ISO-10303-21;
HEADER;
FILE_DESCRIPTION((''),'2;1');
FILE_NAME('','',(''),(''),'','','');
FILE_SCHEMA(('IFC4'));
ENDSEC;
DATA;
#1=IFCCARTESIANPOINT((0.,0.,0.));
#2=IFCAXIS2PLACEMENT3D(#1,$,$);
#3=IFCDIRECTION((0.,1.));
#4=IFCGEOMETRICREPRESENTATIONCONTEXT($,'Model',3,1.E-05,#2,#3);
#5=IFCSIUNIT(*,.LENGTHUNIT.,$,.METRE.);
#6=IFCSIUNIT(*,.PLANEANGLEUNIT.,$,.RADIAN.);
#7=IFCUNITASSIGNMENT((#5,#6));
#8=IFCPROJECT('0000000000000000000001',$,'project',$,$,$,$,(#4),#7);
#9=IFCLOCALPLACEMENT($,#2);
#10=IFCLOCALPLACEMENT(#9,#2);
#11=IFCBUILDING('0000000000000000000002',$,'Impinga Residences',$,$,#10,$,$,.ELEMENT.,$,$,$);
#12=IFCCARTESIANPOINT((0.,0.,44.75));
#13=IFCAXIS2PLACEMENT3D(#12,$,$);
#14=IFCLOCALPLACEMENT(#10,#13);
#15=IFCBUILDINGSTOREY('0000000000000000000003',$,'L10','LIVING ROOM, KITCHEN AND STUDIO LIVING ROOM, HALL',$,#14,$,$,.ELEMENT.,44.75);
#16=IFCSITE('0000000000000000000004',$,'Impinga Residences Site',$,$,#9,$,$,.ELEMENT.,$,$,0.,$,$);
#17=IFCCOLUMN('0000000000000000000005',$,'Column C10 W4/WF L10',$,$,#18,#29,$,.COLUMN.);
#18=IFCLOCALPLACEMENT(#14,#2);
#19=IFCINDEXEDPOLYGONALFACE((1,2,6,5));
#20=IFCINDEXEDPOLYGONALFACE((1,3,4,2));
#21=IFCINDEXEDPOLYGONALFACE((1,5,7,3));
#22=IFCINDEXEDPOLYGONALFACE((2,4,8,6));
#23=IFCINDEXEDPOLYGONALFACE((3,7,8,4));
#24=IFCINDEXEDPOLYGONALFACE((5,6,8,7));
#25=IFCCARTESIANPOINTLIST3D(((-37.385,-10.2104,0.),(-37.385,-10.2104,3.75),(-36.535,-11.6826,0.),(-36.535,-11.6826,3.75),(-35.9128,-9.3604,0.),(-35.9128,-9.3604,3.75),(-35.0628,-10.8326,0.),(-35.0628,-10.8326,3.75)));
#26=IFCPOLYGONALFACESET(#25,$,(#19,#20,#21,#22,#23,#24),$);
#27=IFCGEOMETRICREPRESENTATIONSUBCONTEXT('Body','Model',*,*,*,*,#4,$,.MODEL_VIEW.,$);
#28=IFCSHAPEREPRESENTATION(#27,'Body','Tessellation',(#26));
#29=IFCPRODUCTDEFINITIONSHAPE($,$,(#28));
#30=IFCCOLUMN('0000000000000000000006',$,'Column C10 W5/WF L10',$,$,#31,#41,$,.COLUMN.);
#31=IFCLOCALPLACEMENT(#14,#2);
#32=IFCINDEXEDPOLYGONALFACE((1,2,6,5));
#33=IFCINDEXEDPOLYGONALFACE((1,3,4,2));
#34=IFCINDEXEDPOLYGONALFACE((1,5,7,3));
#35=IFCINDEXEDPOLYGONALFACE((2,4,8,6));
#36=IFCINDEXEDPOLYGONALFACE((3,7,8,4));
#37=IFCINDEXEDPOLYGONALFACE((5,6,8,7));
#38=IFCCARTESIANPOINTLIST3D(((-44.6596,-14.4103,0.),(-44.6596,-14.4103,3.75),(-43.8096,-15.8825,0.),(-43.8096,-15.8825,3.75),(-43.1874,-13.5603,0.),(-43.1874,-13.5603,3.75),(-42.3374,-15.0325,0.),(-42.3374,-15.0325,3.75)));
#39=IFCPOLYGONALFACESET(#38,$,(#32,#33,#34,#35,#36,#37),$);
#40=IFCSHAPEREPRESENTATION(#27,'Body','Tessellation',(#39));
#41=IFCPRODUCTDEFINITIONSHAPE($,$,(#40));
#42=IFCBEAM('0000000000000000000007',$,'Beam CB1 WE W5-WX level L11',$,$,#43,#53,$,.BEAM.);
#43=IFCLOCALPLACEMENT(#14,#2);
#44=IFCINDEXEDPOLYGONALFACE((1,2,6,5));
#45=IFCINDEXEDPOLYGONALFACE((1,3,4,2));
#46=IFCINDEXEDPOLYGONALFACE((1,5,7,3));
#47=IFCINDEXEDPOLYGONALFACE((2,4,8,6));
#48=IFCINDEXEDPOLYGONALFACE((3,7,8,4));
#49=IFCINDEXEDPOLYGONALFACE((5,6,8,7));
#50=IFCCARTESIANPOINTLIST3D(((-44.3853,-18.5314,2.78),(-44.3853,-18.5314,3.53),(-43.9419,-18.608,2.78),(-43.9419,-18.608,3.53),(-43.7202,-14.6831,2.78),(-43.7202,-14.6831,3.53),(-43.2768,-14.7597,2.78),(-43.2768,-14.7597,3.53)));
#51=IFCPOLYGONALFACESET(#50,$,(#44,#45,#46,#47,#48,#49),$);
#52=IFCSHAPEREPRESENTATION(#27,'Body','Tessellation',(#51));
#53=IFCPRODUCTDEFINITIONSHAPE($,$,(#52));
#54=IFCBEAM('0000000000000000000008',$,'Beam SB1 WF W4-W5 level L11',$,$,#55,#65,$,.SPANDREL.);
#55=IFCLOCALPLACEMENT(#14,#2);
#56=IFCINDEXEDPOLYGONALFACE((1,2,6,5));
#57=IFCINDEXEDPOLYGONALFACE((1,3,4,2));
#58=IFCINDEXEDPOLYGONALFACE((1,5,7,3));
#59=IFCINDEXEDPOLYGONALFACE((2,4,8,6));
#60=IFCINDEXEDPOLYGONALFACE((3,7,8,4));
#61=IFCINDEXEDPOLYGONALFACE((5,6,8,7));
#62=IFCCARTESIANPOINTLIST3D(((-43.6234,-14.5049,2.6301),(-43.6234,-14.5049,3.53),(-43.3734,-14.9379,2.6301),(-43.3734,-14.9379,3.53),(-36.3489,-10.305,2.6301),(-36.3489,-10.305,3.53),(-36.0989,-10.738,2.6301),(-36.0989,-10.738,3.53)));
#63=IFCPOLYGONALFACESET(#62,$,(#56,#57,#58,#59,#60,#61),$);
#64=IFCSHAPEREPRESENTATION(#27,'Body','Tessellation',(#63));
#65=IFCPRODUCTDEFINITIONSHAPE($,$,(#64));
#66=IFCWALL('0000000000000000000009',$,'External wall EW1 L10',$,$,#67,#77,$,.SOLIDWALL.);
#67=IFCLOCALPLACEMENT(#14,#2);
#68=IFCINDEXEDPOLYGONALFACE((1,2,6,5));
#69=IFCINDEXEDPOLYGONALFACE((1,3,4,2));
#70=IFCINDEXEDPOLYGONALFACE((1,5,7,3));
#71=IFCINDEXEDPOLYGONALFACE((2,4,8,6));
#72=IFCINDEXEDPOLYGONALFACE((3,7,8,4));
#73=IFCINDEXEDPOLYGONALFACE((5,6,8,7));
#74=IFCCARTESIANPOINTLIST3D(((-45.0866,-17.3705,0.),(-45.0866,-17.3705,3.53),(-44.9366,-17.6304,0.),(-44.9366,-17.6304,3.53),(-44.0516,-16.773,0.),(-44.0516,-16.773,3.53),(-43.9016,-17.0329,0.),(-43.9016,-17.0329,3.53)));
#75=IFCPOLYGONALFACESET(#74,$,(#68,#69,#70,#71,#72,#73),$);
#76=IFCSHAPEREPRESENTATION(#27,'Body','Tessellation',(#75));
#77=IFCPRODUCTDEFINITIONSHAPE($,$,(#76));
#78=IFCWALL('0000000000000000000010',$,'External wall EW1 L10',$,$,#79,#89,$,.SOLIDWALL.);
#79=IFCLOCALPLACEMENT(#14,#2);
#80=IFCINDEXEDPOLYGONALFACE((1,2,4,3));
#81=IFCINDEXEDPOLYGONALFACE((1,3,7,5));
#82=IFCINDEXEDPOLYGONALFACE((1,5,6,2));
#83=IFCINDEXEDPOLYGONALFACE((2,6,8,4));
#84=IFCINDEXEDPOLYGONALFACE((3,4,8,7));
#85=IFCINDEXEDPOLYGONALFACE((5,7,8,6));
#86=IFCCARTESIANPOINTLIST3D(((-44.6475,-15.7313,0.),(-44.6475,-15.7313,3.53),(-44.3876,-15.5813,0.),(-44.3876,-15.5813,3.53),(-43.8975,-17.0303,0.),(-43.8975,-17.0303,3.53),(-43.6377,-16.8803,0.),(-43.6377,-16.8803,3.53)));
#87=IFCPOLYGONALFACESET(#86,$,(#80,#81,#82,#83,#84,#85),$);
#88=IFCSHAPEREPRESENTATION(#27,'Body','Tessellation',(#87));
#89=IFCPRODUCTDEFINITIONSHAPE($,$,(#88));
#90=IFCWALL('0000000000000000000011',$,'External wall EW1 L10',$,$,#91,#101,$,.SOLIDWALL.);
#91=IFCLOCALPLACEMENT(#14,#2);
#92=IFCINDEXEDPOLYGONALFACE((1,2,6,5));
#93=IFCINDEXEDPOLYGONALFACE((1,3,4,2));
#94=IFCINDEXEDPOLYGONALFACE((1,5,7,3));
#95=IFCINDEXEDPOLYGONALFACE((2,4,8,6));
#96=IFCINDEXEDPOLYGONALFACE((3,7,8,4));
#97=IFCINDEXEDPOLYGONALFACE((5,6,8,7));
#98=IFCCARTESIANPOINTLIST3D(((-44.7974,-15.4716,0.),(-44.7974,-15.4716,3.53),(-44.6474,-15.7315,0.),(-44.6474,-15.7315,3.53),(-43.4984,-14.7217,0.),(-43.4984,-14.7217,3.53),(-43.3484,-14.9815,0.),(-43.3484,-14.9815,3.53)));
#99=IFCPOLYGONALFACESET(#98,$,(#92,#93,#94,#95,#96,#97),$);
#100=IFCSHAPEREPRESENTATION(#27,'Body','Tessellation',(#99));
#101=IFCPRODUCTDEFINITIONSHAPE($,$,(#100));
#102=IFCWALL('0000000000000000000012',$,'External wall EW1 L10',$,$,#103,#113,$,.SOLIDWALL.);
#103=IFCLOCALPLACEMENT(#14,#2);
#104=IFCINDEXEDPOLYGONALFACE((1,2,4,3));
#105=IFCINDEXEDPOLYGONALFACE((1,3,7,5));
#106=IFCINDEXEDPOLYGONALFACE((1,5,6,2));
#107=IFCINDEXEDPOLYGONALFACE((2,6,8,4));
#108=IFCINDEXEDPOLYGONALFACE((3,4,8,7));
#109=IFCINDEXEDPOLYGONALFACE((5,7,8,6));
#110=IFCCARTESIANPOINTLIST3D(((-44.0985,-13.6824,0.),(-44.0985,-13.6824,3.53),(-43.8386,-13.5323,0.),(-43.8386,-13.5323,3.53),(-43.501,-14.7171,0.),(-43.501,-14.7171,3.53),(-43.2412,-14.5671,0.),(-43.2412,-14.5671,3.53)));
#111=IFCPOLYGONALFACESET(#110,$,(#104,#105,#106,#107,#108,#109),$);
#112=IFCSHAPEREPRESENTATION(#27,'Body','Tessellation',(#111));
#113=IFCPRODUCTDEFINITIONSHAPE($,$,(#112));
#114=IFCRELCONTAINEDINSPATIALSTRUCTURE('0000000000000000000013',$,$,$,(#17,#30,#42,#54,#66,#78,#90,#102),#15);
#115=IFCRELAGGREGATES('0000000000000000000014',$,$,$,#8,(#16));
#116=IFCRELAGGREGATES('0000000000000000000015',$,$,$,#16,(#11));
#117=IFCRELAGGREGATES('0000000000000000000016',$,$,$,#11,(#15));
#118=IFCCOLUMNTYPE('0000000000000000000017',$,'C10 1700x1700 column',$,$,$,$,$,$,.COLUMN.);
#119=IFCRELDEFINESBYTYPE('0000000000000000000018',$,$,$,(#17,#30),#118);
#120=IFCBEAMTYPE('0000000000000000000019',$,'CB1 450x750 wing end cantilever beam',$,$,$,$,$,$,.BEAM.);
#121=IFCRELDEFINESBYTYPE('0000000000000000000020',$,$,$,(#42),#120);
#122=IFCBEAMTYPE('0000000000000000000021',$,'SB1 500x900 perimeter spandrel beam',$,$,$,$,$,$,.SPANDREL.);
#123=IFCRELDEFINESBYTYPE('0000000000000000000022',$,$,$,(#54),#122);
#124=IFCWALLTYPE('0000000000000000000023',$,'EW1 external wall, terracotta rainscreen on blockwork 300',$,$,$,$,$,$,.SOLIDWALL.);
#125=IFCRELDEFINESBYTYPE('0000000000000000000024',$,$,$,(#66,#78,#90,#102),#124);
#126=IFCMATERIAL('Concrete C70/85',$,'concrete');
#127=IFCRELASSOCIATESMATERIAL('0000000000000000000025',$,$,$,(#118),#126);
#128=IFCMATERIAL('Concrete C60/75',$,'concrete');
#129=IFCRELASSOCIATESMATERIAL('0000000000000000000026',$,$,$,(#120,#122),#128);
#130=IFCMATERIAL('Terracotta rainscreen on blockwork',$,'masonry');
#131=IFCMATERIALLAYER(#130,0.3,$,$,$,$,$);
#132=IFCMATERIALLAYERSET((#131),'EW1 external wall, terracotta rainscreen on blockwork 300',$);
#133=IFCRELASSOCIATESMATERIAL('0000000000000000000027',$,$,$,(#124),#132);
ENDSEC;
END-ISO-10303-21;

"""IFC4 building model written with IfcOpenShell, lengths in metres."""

from ifc_helpers import new_model, si_unit, direction, frame, frame_2d, origin, origin_2d, place, context, subcontext, project, spatial, rectangle, extrude, material, layer, layer_set, material_profile, profile_set, type_object, element, save


model = new_model("IFC4")

# Units and contexts
model_context = context("Model", 3, precision=1e-05, world=origin(), true_north=direction((0.0, 1.0)))
body_context = subcontext(model_context, "Body", "Model", "MODEL_VIEW")
ifc_project = project(units=[si_unit("LENGTHUNIT", "METRE"), si_unit("PLANEANGLEUNIT", "RADIAN")], contexts=[model_context])

# Site, building, storey
site_placement = place(None, origin())
site = spatial("IfcSite", under=ifc_project, at=site_placement, Name="Impinga Residences Site", CompositionType="ELEMENT", RefElevation=0.0)
building_placement = place(site_placement, origin())
building = spatial("IfcBuilding", under=site, at=building_placement, Name="Impinga Residences", CompositionType="ELEMENT")
storey_placement = place(building_placement, frame((0.0, 0.0, 44.75)))
storey = spatial("IfcBuildingStorey", under=building, at=storey_placement, Name="L10", Description="LIVING ROOM, KITCHEN AND STUDIO LIVING ROOM, HALL", CompositionType="ELEMENT", Elevation=44.75)

# Columns
ifc_material_1 = material(Name="Concrete C70/85", Category="concrete")
ifc_material_profile_1 = material_profile(ifc_material_1, rectangle(XDim=1.7, YDim=1.7, at=origin_2d()), Name="RC 1700x1700")
ifc_profile_set_1 = profile_set([ifc_material_profile_1], Name="Concrete C70/85")
column_type = type_object("IfcColumnType", Name="C10 1700x1700 column", PredefinedType="COLUMN", material=ifc_profile_set_1)
for number, where, z_axis, x_axis, name in (
    (1, (-36.2239, -10.5215, 0.0), (0.0, 0.0, 1.0), (-0.5, 0.866025, 0.0), "Column C10 W4/WF L10"),
    (2, (-43.4985, -14.7214, 0.0), (0.0, 0.0, 1.0), (-0.5, 0.866025, 0.0), "Column C10 W5/WF L10"),
):
    element("IfcColumn", number, at=place(storey_placement, frame(where, z_axis=z_axis, x_axis=x_axis)), inside=storey, type_object=column_type, Name=name, PredefinedType="COLUMN", context=body_context, shape_type="SweptSolid", body=[
        extrude(rectangle(XDim=1.7, YDim=1.7, at=origin_2d()), origin(), (0.0, 0.0, 1.0), 3.75),
    ])

# Beams
ifc_material_2 = material(Name="Concrete C60/75", Category="concrete")
ifc_material_profile_2 = material_profile(ifc_material_2, rectangle(XDim=0.45, YDim=0.75, at=origin_2d()), Name="RC 450x750")
ifc_profile_set_2 = profile_set([ifc_material_profile_2], Name="Concrete C60/75")
beam_type_1 = type_object("IfcBeamType", Name="CB1 450x750 wing end cantilever beam", PredefinedType="BEAM", material=ifc_profile_set_2)
beam_1_placement = place(storey_placement, frame((-43.4985, -14.7214, 3.155), z_axis=(-0.170296, -0.985393, 0.0), x_axis=(0.985393, -0.170296, 0.0)))
element("IfcBeam", 3, at=beam_1_placement, inside=storey, type_object=beam_type_1, Name="Beam CB1 WE W5-WX level L11", PredefinedType="BEAM", context=body_context, shape_type="SweptSolid", body=[
    extrude(rectangle(XDim=0.45, YDim=0.75, at=origin_2d()), origin(), (0.0, 0.0, 1.0), 3.9053),
])
ifc_material_profile_3 = material_profile(ifc_material_2, rectangle(XDim=0.5, YDim=0.8999, at=origin_2d()), Name="RC 500x900")
ifc_profile_set_3 = profile_set([ifc_material_profile_3], Name="Concrete C60/75")
beam_type_2 = type_object("IfcBeamType", Name="SB1 500x900 perimeter spandrel beam", PredefinedType="SPANDREL", material=ifc_profile_set_3)
beam_2_placement = place(storey_placement, frame((-36.2239, -10.5215, 3.0801), z_axis=(-0.866029, -0.499993, 0.0), x_axis=(0.499993, -0.866029, 0.0)))
element("IfcBeam", 4, at=beam_2_placement, inside=storey, type_object=beam_type_2, Name="Beam SB1 WF W4-W5 level L11", PredefinedType="SPANDREL", context=body_context, shape_type="SweptSolid", body=[
    extrude(rectangle(XDim=0.5, YDim=0.8999, at=origin_2d()), origin(), (0.0, 0.0, 1.0), 8.3999),
])

# Walls
ifc_material_3 = material(Name="Terracotta rainscreen on blockwork", Category="masonry")
ifc_layer_1 = layer(ifc_material_3, 0.3)
ifc_layer_set_1 = layer_set([ifc_layer_1], Name="EW1 external wall, terracotta rainscreen on blockwork 300")
wall_type_1 = type_object("IfcWallType", Name="EW1 external wall, terracotta rainscreen on blockwork 300", PredefinedType="SOLIDWALL", material=ifc_layer_set_1)
wall_1_placement = place(storey_placement, frame((-45.0117, -17.5005, 0.0), z_axis=(0.0, 0.0, 1.0), x_axis=(0.86606, 0.499941, 0.0)))
element("IfcWall", 5, at=wall_1_placement, inside=storey, type_object=wall_type_1, Name="External wall EW1 L10", PredefinedType="SOLIDWALL", context=body_context, shape_type="SweptSolid", body=[
    extrude(rectangle(XDim=1.1951, YDim=0.3, at=frame_2d((0.5977, 0.0))), origin(), (0.0, 0.0, 1.0), 3.53),
])
for number, where, z_axis, x_axis, name in (
    (6, (-43.7676, -16.9553, 0.0), (0.0, 0.0, 1.0), (-0.49999, 0.866031, 0.0), "External wall EW1 L10"),
    (7, (-44.7224, -15.6016, 0.0), (0.0, 0.0, 1.0), (0.866031, 0.49999, 0.0), "External wall EW1 L10"),
):
    element("IfcWall", number, at=place(storey_placement, frame(where, z_axis=z_axis, x_axis=x_axis)), inside=storey, type_object=wall_type_1, Name=name, PredefinedType="SOLIDWALL", context=body_context, shape_type="SweptSolid", body=[
        extrude(rectangle(XDim=1.5, YDim=0.3, at=frame_2d((0.75, 0.0))), origin(), (0.0, 0.0, 1.0), 3.53),
    ])
wall_2_placement = place(storey_placement, frame((-43.3711, -14.6421, 0.0), z_axis=(0.0, 0.0, 1.0), x_axis=(-0.500029, 0.866009, 0.0)))
element("IfcWall", 8, at=wall_2_placement, inside=storey, type_object=wall_type_1, Name="External wall EW1 L10", PredefinedType="SOLIDWALL", context=body_context, shape_type="SweptSolid", body=[
    extrude(rectangle(XDim=1.1948, YDim=0.3, at=frame_2d((0.5974, 0.0))), origin(), (0.0, 0.0, 1.0), 3.53),
])

save(model, "model.ifc")
